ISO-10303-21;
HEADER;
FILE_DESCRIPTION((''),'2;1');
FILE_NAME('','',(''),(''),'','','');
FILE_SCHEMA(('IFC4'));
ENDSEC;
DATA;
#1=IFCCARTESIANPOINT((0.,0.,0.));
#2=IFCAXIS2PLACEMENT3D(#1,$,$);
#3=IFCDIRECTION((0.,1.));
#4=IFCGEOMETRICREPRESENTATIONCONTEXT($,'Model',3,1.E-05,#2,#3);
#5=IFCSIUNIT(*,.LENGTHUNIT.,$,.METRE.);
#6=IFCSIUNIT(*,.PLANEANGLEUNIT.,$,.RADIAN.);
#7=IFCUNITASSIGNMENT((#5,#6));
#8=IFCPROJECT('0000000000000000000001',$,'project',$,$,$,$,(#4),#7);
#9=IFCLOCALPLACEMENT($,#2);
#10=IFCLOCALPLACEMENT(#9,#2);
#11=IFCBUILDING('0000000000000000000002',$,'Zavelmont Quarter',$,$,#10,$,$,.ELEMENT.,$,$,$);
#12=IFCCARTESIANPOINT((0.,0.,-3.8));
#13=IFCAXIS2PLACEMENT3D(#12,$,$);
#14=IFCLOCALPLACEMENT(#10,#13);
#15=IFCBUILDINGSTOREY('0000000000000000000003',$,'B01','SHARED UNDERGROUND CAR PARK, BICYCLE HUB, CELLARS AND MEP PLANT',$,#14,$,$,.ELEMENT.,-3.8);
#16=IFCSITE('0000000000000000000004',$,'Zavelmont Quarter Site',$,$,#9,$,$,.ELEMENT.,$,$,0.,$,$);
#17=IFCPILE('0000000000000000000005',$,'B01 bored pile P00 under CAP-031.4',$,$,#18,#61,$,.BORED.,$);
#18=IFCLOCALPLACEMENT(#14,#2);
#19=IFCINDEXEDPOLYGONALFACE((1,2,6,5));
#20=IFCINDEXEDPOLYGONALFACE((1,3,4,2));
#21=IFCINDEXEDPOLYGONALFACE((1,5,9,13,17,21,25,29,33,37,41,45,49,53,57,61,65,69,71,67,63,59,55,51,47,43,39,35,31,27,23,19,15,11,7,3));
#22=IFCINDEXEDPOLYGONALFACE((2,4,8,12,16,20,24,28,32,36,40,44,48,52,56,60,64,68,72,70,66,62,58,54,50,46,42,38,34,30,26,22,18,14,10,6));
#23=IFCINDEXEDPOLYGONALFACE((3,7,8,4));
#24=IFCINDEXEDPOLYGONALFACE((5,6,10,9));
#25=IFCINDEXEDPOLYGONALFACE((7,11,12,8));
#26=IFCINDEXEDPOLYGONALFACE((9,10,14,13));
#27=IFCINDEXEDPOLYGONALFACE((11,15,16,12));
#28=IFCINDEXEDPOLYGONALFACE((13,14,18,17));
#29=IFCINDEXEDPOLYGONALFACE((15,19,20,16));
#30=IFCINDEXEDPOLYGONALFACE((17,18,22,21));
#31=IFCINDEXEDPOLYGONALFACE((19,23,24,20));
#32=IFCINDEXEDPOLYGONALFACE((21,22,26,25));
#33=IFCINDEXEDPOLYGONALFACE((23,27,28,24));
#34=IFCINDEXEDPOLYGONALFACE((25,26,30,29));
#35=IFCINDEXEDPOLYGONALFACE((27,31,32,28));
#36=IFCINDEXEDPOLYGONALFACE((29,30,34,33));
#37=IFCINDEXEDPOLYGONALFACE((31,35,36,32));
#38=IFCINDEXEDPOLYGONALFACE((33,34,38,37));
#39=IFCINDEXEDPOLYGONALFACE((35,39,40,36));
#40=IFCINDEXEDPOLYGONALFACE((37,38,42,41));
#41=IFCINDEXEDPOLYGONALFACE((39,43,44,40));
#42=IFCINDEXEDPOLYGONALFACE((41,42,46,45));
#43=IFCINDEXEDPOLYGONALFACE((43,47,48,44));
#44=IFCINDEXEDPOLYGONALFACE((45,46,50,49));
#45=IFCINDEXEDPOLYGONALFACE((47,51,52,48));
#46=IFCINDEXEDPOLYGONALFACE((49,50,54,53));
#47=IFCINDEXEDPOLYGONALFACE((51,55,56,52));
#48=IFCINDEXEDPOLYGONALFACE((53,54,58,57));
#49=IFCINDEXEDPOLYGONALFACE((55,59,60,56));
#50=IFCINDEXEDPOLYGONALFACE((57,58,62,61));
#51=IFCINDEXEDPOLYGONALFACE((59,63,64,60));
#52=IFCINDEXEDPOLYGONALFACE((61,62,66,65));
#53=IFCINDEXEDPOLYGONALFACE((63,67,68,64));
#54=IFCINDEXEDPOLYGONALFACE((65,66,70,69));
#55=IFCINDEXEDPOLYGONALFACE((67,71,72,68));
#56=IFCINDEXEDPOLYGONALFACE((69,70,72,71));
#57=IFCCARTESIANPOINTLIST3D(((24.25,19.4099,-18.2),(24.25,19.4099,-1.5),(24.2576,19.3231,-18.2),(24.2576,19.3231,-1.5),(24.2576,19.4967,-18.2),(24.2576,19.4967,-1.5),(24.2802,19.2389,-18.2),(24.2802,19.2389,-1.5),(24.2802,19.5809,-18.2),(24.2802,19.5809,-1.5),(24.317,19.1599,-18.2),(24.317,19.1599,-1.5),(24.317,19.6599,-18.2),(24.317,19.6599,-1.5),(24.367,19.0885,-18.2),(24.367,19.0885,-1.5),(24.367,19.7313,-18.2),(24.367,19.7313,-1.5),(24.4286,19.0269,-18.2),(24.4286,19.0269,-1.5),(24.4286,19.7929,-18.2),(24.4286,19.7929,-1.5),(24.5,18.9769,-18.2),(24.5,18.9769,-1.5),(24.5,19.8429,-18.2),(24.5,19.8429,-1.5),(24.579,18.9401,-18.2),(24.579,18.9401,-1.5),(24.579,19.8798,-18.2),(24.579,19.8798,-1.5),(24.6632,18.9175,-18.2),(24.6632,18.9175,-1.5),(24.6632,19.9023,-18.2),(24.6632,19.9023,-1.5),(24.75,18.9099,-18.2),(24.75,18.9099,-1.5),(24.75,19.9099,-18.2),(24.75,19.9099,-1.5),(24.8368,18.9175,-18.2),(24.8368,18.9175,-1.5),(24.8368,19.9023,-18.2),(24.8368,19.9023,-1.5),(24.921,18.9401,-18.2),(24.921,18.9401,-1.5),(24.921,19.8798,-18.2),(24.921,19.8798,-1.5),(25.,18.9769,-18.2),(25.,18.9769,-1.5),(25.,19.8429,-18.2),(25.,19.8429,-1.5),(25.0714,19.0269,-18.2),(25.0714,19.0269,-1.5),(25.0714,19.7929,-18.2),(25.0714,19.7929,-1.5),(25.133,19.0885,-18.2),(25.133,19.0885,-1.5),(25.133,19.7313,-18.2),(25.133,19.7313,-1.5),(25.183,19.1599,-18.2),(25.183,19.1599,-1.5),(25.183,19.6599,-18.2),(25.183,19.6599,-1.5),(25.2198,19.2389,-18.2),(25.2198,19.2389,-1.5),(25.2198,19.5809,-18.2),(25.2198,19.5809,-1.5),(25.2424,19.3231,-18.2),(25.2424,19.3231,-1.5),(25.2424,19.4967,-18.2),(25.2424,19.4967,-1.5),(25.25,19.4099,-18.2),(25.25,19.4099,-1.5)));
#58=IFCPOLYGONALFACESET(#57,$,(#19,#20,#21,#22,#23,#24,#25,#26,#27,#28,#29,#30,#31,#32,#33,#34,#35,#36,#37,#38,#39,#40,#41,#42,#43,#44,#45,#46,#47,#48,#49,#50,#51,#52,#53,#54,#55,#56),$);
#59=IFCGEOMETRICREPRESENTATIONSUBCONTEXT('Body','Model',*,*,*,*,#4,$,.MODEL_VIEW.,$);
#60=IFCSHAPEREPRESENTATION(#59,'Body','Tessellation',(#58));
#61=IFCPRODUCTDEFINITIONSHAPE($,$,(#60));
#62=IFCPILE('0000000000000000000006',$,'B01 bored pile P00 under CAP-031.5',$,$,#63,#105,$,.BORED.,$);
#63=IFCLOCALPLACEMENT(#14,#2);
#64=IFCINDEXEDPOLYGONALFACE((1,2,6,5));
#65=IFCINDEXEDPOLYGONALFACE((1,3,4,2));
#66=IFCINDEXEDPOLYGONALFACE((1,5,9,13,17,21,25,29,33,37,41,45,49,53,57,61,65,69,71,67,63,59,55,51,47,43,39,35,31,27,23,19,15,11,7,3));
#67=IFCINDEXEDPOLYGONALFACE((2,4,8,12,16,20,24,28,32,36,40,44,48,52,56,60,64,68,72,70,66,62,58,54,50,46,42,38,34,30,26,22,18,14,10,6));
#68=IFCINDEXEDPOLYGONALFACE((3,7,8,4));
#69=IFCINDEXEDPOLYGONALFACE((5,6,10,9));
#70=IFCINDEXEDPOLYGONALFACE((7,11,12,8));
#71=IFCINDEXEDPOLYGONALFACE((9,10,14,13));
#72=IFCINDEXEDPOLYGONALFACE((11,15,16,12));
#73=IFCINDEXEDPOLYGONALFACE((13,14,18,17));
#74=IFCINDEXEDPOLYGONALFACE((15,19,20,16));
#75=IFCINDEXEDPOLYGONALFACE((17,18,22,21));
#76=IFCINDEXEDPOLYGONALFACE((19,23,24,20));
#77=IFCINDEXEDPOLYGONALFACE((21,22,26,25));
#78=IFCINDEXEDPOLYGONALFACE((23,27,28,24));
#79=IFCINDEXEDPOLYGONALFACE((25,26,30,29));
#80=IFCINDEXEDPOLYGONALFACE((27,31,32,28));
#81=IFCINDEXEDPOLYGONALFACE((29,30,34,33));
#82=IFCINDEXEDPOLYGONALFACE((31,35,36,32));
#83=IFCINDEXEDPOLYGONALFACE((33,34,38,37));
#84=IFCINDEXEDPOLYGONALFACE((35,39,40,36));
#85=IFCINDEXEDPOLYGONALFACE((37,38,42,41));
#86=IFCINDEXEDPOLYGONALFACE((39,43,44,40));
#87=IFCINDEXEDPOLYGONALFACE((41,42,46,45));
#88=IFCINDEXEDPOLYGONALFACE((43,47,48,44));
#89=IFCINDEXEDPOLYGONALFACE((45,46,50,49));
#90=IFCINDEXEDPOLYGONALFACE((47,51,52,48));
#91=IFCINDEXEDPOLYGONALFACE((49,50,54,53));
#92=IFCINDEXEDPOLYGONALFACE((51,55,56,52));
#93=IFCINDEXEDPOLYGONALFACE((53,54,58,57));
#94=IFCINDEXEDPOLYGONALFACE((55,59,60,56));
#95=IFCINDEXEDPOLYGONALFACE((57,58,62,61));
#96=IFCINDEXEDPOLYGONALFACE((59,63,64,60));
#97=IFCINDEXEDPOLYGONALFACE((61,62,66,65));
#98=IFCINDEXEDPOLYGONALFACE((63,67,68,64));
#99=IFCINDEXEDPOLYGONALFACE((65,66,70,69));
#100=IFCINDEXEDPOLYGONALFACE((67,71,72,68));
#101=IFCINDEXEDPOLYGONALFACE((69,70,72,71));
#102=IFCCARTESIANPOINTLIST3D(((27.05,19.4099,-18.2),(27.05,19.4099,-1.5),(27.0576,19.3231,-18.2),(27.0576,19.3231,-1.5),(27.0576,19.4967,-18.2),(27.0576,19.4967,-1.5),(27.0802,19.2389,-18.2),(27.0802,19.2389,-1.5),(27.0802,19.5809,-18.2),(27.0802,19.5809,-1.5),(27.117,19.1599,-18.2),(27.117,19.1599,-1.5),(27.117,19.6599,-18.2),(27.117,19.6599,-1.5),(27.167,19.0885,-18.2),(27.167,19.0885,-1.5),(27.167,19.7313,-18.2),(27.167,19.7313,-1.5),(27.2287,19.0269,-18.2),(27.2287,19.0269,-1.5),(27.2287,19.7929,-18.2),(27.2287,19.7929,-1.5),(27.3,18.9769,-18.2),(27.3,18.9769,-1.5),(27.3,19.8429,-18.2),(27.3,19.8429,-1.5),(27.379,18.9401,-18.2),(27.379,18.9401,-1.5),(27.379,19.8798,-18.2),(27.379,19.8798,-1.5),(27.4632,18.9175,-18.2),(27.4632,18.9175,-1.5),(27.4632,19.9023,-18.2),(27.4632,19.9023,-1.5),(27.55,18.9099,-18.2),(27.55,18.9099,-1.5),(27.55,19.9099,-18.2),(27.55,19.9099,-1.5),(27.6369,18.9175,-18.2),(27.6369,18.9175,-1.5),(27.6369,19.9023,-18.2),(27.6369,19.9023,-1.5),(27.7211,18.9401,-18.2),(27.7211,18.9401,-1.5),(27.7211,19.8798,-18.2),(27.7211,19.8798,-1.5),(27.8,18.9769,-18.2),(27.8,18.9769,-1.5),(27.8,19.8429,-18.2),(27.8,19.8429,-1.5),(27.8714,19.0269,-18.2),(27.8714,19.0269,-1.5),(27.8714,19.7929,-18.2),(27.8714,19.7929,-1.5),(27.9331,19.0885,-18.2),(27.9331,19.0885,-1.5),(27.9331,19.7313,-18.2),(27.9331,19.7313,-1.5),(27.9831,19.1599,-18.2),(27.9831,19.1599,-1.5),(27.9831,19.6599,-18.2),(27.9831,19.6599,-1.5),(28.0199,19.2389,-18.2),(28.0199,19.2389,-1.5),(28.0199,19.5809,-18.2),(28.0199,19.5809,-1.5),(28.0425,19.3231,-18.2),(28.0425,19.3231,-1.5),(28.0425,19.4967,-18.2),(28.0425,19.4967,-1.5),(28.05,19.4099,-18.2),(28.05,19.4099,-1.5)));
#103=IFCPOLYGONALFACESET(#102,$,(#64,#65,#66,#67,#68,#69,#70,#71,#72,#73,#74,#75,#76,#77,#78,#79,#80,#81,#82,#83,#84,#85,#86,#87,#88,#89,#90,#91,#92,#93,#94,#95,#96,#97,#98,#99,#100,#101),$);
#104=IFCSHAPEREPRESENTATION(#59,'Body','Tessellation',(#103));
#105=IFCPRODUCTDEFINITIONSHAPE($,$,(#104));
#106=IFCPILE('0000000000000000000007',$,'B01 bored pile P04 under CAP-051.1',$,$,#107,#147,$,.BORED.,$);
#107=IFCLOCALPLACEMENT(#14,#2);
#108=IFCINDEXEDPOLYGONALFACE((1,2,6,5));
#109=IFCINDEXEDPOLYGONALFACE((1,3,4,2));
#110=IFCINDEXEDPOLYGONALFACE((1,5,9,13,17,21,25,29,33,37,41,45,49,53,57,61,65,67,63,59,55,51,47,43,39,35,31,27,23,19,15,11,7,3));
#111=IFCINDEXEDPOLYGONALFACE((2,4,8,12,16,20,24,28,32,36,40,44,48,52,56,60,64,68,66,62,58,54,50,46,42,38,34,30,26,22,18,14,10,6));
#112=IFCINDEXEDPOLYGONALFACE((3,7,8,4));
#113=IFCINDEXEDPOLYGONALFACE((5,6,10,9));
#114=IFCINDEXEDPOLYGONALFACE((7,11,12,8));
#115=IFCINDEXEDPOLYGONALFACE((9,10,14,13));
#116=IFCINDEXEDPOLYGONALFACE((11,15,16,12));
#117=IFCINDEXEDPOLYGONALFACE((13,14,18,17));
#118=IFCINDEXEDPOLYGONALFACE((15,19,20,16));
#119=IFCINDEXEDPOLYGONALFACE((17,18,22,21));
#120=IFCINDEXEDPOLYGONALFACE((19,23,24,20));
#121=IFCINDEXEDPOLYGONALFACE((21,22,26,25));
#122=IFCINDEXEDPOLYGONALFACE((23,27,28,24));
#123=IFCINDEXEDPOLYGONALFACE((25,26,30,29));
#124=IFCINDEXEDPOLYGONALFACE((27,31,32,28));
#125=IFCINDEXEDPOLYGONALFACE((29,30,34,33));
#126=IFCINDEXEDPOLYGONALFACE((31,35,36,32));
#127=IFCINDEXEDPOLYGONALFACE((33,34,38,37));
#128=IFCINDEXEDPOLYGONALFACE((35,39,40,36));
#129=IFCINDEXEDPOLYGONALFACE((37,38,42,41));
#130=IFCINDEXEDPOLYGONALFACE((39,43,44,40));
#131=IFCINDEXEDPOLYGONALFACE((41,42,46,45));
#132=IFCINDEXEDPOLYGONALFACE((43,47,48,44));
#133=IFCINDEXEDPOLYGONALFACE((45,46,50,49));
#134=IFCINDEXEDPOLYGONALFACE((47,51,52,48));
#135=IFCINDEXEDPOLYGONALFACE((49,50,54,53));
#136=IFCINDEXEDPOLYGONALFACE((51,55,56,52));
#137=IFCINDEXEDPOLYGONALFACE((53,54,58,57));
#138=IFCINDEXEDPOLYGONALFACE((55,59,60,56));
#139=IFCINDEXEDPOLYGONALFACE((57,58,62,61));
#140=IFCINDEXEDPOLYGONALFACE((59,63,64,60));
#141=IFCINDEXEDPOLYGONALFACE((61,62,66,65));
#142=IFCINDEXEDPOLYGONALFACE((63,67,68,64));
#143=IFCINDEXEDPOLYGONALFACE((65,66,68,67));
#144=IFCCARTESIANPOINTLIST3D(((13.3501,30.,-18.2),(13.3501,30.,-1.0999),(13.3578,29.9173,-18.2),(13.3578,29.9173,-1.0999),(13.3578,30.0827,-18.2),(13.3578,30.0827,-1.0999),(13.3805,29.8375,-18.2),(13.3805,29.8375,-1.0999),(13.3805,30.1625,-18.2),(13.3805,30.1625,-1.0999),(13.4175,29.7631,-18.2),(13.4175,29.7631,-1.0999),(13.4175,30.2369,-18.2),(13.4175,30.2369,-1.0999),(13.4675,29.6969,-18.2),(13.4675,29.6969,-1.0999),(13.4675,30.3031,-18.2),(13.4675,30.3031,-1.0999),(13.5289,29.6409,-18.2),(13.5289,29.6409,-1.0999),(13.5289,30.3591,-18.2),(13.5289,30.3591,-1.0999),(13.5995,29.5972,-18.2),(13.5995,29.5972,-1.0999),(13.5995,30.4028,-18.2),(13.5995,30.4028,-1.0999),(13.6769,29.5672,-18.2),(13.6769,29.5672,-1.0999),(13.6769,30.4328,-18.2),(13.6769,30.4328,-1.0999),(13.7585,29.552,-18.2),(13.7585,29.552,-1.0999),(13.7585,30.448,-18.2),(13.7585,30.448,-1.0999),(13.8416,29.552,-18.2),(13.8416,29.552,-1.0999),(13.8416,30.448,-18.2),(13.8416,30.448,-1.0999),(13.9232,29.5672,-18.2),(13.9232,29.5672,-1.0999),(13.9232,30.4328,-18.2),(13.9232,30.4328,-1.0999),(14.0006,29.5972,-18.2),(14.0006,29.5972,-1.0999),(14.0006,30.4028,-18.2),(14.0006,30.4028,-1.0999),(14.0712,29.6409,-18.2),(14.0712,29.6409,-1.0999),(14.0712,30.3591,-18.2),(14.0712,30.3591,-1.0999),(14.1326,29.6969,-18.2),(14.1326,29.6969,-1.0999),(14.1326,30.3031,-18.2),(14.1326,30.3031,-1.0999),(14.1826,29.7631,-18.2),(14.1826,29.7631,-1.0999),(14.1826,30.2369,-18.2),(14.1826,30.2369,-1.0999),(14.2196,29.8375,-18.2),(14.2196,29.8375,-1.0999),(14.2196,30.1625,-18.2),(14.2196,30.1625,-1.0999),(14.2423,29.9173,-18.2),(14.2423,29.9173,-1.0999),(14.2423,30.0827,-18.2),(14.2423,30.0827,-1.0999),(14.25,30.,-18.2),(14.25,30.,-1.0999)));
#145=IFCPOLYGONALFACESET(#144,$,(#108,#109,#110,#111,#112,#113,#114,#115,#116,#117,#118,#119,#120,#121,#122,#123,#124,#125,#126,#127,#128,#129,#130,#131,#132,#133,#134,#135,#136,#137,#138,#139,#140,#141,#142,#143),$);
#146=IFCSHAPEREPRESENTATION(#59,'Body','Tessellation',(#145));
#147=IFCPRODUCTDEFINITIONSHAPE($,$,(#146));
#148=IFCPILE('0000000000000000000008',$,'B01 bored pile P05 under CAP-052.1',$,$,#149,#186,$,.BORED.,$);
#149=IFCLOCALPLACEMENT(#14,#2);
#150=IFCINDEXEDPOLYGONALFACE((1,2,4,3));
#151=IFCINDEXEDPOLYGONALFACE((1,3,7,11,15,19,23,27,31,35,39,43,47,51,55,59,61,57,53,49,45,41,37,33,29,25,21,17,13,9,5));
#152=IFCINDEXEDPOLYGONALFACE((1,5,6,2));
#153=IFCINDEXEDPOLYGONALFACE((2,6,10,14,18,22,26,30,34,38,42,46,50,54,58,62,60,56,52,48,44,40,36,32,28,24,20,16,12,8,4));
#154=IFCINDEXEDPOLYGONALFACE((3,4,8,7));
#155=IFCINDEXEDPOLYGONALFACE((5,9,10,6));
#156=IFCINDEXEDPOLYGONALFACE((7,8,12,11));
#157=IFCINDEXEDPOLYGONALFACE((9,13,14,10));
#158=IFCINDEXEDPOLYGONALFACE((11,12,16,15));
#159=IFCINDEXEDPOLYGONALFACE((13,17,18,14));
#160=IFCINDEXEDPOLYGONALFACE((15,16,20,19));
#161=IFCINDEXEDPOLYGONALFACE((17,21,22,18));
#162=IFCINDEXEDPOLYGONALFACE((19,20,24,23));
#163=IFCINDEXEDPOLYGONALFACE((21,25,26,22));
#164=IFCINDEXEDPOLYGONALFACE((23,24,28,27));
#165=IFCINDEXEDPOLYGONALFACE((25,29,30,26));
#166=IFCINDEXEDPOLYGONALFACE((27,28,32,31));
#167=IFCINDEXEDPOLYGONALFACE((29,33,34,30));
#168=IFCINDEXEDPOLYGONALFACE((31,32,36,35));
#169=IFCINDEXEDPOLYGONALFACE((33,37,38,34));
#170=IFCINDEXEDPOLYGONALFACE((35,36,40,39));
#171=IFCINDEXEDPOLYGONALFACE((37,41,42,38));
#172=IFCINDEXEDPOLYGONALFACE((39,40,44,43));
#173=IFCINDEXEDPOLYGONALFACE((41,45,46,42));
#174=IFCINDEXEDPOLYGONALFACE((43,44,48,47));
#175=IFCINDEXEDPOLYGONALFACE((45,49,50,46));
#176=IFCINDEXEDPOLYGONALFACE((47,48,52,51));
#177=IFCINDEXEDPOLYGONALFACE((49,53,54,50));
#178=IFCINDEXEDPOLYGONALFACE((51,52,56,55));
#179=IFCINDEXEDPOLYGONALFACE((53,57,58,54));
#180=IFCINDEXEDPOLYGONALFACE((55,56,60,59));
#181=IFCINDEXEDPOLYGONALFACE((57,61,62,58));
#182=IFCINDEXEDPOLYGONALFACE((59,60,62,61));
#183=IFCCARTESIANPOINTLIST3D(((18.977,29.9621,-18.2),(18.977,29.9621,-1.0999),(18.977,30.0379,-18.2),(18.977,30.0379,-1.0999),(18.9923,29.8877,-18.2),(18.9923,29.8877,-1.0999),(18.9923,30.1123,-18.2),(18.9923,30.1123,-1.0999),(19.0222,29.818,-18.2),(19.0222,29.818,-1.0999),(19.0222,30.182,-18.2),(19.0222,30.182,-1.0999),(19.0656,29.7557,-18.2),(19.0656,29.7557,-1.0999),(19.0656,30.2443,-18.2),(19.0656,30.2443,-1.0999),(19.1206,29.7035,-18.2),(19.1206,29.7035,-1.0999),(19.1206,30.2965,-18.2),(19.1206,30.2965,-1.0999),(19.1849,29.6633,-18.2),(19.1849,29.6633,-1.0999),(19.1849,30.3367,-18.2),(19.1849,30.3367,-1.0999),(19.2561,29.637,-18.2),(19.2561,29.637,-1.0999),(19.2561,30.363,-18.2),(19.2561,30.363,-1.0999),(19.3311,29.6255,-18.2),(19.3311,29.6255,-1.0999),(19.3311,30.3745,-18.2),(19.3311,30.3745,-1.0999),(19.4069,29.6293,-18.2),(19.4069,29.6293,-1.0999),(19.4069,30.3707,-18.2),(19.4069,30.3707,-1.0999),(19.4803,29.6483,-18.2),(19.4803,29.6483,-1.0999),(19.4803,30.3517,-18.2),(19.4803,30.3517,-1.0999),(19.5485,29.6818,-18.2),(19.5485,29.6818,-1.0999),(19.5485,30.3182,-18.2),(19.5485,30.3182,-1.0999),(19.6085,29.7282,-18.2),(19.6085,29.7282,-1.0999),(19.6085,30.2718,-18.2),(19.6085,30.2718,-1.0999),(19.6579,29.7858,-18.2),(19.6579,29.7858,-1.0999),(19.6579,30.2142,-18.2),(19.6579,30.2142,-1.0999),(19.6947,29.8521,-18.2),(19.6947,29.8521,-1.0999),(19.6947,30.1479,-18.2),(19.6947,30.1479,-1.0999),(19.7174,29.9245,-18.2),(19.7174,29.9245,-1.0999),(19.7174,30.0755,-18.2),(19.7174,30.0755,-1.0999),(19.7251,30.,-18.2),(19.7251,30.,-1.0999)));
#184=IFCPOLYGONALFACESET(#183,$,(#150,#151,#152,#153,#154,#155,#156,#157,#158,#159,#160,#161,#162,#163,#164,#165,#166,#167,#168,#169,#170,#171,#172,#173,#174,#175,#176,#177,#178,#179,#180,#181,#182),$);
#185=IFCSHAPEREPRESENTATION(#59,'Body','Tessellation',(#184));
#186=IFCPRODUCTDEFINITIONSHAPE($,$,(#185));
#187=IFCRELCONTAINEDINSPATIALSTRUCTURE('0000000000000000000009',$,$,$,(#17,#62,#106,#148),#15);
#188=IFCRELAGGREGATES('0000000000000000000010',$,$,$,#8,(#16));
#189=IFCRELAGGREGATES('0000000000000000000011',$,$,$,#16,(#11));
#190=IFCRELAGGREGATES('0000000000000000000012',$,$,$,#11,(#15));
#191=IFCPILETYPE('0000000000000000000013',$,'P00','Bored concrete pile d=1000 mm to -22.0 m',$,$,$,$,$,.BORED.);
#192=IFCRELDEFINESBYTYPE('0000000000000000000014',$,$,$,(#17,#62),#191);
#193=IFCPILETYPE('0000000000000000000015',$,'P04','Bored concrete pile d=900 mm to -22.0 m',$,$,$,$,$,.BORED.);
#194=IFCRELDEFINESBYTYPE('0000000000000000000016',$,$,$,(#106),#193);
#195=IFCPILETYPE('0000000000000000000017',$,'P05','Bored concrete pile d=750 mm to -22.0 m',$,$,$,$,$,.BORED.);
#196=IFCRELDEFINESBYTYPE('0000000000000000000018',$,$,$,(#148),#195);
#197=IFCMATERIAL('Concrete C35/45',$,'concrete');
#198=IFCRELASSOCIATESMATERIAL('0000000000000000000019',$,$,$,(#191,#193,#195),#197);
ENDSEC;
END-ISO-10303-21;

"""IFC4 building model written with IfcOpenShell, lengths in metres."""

from ifc_helpers import new_model, si_unit, direction, frame, origin, origin_2d, place, context, subcontext, project, spatial, circle, extrude, material, material_profile, profile_set, type_object, element, save


model = new_model("IFC4")

# Units and contexts
model_context = context("Model", 3, precision=1e-05, world=origin(), true_north=direction((0.0, 1.0)))
body_context = subcontext(model_context, "Body", "Model", "MODEL_VIEW")
ifc_project = project(units=[si_unit("LENGTHUNIT", "METRE"), si_unit("PLANEANGLEUNIT", "RADIAN")], contexts=[model_context])

# Site, building, storey
site_placement = place(None, origin())
site = spatial("IfcSite", under=ifc_project, at=site_placement, Name="Zavelmont Quarter Site", CompositionType="ELEMENT", RefElevation=0.0)
building_placement = place(site_placement, origin())
building = spatial("IfcBuilding", under=site, at=building_placement, Name="Zavelmont Quarter", CompositionType="ELEMENT")
storey_placement = place(building_placement, frame((0.0, 0.0, -3.8)))
storey = spatial("IfcBuildingStorey", under=building, at=storey_placement, Name="B01", Description="SHARED UNDERGROUND CAR PARK, BICYCLE HUB, CELLARS AND MEP PLANT", CompositionType="ELEMENT", Elevation=-3.8)

# Shared definitions
ifc_material_1 = material(Name="Concrete C35/45", Category="concrete")

# Piles
ifc_material_profile_1 = material_profile(ifc_material_1, circle(Radius=0.5, at=origin_2d()), Name="BP1000")
ifc_profile_set_1 = profile_set([ifc_material_profile_1], Name="Concrete C35/45")
pile_type_1 = type_object("IfcPileType", Name="P00", Description="Bored concrete pile d=1000 mm to -22.0 m", PredefinedType="BORED", material=ifc_profile_set_1)
for number, where, z_axis, x_axis, name in (
    (1, (24.75, 19.4099, -1.5), (0.0, 0.0, -1.0), (1.0, 0.0, 0.0), "B01 bored pile P00 under CAP-031.4"),
    (2, (27.55, 19.4099, -1.5), (0.0, 0.0, -1.0), (1.0, 0.0, 0.0), "B01 bored pile P00 under CAP-031.5"),
):
    element("IfcPile", number, at=place(storey_placement, frame(where, z_axis=z_axis, x_axis=x_axis)), inside=storey, type_object=pile_type_1, Name=name, PredefinedType="BORED", context=body_context, shape_type="SweptSolid", body=[
        extrude(circle(Radius=0.5, at=origin_2d()), origin(), (0.0, 0.0, 1.0), 16.7),
    ])
ifc_material_profile_2 = material_profile(ifc_material_1, circle(Radius=0.45, at=origin_2d()), Name="BP900")
ifc_profile_set_2 = profile_set([ifc_material_profile_2], Name="Concrete C35/45")
pile_type_2 = type_object("IfcPileType", Name="P04", Description="Bored concrete pile d=900 mm to -22.0 m", PredefinedType="BORED", material=ifc_profile_set_2)
pile_placement = place(storey_placement, frame((13.8, 30.0, -1.0999), z_axis=(0.0, 0.0, -1.0), x_axis=(1.0, 0.0, 0.0)))
element("IfcPile", 3, at=pile_placement, inside=storey, type_object=pile_type_2, Name="B01 bored pile P04 under CAP-051.1", PredefinedType="BORED", context=body_context, shape_type="SweptSolid", body=[
    extrude(circle(Radius=0.45, at=origin_2d()), origin(), (0.0, 0.0, 1.0), 17.1001),
])
ifc_material_profile_3 = material_profile(ifc_material_1, circle(Radius=0.375, at=origin_2d()), Name="BP750")
ifc_profile_set_3 = profile_set([ifc_material_profile_3], Name="Concrete C35/45")
pile_type_3 = type_object("IfcPileType", Name="P05", Description="Bored concrete pile d=750 mm to -22.0 m", PredefinedType="BORED", material=ifc_profile_set_3)
for number, where, z_axis, x_axis, name in (
    (4, (19.3501, 30.0, -1.0999), (0.0, 0.0, -1.0), (1.0, 0.0, 0.0), "B01 bored pile P05 under CAP-052.1"),
):
    element("IfcPile", number, at=place(storey_placement, frame(where, z_axis=z_axis, x_axis=x_axis)), inside=storey, type_object=pile_type_3, Name=name, PredefinedType="BORED", context=body_context, shape_type="SweptSolid", body=[
        extrude(circle(Radius=0.375, at=origin_2d()), origin(), (0.0, 0.0, 1.0), 17.1001),
    ])

save(model, "model.ifc")
